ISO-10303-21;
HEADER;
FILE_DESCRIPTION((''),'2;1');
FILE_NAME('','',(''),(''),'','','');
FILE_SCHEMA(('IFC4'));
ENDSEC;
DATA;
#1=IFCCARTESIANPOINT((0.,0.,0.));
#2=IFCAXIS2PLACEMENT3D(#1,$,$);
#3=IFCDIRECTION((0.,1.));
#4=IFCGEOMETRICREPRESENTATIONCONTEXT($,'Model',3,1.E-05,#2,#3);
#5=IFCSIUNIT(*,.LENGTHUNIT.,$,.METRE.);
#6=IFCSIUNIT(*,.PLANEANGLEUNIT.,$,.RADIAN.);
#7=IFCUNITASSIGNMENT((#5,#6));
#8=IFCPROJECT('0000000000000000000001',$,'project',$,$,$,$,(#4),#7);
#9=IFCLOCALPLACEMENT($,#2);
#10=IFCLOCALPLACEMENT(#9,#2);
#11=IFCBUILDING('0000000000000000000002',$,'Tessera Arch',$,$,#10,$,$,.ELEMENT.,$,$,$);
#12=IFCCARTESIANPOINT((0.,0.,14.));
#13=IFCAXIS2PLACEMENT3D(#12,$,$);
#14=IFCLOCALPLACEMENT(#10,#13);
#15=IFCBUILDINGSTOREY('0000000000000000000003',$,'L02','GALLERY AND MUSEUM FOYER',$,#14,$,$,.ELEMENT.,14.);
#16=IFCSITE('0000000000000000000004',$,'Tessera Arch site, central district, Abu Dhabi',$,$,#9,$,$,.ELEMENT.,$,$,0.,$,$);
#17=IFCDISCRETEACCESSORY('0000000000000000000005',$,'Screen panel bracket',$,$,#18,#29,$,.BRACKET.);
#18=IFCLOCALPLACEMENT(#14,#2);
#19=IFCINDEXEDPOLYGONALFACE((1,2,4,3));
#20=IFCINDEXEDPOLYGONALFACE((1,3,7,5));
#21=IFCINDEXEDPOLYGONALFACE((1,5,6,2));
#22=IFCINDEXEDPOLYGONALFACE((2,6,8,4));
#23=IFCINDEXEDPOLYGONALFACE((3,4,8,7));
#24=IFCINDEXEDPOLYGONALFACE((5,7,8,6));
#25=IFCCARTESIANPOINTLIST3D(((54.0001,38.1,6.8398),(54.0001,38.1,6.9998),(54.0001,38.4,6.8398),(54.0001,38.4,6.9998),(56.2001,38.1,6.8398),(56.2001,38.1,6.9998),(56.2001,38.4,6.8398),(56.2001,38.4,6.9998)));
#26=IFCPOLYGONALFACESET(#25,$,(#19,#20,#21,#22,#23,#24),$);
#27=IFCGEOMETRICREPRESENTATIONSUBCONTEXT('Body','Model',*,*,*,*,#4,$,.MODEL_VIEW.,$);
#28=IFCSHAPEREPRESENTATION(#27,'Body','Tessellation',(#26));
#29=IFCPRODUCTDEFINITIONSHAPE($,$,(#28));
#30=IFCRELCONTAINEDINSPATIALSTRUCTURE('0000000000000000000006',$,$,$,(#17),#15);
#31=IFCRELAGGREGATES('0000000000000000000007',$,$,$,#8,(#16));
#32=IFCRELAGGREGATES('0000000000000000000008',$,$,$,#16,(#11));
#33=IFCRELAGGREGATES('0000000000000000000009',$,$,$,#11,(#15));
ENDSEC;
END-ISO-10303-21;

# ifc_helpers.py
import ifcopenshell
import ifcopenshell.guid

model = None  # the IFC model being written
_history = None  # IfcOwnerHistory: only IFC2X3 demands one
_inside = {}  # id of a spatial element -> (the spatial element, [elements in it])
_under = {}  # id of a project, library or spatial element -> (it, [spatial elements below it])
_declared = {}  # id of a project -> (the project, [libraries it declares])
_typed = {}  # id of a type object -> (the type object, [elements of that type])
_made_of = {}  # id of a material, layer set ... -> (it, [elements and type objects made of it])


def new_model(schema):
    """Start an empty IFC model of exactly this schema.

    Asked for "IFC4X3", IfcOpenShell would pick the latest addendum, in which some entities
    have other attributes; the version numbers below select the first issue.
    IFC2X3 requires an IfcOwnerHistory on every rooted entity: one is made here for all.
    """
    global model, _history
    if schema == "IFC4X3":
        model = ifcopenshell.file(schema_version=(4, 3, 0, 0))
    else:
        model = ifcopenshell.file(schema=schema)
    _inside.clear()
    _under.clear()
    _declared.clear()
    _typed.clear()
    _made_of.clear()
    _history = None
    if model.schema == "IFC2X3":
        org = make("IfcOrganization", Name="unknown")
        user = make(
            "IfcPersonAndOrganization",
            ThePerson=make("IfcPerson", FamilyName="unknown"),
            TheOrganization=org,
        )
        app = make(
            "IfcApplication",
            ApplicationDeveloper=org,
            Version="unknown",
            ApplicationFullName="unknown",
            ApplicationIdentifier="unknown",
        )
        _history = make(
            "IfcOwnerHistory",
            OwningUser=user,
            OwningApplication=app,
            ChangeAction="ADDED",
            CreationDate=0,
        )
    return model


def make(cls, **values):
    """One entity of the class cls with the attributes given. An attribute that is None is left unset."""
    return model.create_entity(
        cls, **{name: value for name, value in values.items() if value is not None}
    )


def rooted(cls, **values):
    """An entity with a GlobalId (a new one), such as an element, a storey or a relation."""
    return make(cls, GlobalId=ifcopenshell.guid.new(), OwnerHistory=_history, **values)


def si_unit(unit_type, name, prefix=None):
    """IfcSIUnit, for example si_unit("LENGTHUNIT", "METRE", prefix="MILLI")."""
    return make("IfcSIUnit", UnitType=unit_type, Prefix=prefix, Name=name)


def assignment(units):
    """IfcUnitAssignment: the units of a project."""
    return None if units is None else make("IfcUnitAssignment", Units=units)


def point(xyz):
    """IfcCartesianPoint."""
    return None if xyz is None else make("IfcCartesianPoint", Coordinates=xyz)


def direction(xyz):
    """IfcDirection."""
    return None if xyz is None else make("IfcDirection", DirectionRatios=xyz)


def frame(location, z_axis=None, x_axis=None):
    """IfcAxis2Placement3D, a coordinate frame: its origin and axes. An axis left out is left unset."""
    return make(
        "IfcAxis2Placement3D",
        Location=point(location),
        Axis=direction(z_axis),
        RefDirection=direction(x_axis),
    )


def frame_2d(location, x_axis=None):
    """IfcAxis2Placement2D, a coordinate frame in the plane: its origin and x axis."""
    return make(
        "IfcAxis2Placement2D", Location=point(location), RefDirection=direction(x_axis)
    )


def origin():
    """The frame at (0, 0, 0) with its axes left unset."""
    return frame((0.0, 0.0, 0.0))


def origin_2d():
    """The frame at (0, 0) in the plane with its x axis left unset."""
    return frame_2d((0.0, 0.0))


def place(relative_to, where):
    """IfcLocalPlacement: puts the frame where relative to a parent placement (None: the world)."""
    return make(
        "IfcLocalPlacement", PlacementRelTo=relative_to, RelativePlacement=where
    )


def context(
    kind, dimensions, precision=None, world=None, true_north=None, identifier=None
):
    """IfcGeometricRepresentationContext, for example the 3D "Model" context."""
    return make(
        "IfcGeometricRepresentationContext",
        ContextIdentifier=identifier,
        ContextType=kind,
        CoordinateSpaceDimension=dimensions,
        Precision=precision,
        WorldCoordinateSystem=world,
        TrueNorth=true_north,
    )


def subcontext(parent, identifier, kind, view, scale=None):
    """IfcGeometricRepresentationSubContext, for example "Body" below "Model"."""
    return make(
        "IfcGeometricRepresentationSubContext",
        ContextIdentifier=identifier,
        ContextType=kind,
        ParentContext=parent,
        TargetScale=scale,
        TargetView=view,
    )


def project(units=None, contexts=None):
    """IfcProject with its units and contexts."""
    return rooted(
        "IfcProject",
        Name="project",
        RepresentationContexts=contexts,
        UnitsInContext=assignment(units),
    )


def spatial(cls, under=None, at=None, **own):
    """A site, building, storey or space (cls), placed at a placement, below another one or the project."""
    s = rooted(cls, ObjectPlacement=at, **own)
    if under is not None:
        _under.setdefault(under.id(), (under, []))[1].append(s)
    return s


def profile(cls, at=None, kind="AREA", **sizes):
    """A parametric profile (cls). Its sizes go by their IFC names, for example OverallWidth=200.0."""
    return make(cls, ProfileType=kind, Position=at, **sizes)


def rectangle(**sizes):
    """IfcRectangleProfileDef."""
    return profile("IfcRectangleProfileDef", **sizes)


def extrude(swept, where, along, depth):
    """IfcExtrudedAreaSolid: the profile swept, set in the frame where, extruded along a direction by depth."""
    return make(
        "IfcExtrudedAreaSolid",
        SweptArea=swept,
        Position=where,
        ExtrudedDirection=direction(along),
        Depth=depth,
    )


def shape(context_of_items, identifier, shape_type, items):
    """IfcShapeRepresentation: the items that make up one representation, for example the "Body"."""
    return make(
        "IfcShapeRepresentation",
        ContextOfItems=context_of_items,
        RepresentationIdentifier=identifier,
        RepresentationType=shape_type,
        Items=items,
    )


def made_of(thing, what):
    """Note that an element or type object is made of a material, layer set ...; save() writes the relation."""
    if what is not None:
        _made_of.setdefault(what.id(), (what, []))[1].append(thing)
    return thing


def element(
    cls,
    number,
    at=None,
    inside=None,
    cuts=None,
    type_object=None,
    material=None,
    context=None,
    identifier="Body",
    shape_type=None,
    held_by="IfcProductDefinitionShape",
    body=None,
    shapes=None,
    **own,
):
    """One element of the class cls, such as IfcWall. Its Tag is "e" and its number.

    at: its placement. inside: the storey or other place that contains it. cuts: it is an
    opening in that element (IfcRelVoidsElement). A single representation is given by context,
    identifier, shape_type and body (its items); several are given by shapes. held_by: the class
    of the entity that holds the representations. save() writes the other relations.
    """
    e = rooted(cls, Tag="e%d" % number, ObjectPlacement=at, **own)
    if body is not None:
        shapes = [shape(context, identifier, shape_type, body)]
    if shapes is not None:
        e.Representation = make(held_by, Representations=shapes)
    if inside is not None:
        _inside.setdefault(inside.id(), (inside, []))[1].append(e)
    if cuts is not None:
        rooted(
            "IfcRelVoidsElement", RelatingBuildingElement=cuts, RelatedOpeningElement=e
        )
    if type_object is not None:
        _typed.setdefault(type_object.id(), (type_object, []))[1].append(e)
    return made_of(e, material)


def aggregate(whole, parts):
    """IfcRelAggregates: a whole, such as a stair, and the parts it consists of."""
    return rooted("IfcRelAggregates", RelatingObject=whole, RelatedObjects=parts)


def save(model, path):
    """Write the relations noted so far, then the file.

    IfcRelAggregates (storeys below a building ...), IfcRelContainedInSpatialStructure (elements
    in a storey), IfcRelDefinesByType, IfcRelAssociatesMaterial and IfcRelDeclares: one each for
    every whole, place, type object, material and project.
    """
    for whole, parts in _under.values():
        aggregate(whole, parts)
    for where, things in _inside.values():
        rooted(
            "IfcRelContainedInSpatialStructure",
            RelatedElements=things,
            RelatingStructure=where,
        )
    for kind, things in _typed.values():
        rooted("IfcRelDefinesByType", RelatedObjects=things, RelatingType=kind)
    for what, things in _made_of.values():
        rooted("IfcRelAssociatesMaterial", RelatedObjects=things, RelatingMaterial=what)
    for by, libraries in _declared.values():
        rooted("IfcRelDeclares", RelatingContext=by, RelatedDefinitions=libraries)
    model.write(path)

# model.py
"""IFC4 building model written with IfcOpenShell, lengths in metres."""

from ifc_helpers import new_model, si_unit, direction, frame, origin, origin_2d, place, context, subcontext, project, spatial, rectangle, extrude, element, save


model = new_model("IFC4")

# Units and contexts
model_context = context("Model", 3, precision=1e-05, world=origin(), true_north=direction((0.0, 1.0)))
body_context = subcontext(model_context, "Body", "Model", "MODEL_VIEW")
ifc_project = project(units=[si_unit("LENGTHUNIT", "METRE"), si_unit("PLANEANGLEUNIT", "RADIAN")], contexts=[model_context])

# Site, building, storey
site_placement = place(None, origin())
site = spatial("IfcSite", under=ifc_project, at=site_placement, Name="Tessera Arch site, central district, Abu Dhabi", CompositionType="ELEMENT", RefElevation=0.0)
building_placement = place(site_placement, origin())
building = spatial("IfcBuilding", under=site, at=building_placement, Name="Tessera Arch", CompositionType="ELEMENT")
storey_placement = place(building_placement, frame((0.0, 0.0, 14.0)))
storey = spatial("IfcBuildingStorey", under=building, at=storey_placement, Name="L02", Description="GALLERY AND MUSEUM FOYER", CompositionType="ELEMENT", Elevation=14.0)

# Discrete accessory
discrete_accessory_1_placement = place(storey_placement, frame((55.1001, 38.25, 6.8398), z_axis=(0.0, 0.0, 1.0), x_axis=(1.0, 0.0, 0.0)))
element("IfcDiscreteAccessory", 1, at=discrete_accessory_1_placement, inside=storey, Name="Screen panel bracket", PredefinedType="BRACKET", context=body_context, shape_type="SweptSolid", body=[
    extrude(rectangle(XDim=2.2, YDim=0.3, at=origin_2d()), origin(), (0.0, 0.0, 1.0), 0.1599),
])

save(model, "model.ifc")
